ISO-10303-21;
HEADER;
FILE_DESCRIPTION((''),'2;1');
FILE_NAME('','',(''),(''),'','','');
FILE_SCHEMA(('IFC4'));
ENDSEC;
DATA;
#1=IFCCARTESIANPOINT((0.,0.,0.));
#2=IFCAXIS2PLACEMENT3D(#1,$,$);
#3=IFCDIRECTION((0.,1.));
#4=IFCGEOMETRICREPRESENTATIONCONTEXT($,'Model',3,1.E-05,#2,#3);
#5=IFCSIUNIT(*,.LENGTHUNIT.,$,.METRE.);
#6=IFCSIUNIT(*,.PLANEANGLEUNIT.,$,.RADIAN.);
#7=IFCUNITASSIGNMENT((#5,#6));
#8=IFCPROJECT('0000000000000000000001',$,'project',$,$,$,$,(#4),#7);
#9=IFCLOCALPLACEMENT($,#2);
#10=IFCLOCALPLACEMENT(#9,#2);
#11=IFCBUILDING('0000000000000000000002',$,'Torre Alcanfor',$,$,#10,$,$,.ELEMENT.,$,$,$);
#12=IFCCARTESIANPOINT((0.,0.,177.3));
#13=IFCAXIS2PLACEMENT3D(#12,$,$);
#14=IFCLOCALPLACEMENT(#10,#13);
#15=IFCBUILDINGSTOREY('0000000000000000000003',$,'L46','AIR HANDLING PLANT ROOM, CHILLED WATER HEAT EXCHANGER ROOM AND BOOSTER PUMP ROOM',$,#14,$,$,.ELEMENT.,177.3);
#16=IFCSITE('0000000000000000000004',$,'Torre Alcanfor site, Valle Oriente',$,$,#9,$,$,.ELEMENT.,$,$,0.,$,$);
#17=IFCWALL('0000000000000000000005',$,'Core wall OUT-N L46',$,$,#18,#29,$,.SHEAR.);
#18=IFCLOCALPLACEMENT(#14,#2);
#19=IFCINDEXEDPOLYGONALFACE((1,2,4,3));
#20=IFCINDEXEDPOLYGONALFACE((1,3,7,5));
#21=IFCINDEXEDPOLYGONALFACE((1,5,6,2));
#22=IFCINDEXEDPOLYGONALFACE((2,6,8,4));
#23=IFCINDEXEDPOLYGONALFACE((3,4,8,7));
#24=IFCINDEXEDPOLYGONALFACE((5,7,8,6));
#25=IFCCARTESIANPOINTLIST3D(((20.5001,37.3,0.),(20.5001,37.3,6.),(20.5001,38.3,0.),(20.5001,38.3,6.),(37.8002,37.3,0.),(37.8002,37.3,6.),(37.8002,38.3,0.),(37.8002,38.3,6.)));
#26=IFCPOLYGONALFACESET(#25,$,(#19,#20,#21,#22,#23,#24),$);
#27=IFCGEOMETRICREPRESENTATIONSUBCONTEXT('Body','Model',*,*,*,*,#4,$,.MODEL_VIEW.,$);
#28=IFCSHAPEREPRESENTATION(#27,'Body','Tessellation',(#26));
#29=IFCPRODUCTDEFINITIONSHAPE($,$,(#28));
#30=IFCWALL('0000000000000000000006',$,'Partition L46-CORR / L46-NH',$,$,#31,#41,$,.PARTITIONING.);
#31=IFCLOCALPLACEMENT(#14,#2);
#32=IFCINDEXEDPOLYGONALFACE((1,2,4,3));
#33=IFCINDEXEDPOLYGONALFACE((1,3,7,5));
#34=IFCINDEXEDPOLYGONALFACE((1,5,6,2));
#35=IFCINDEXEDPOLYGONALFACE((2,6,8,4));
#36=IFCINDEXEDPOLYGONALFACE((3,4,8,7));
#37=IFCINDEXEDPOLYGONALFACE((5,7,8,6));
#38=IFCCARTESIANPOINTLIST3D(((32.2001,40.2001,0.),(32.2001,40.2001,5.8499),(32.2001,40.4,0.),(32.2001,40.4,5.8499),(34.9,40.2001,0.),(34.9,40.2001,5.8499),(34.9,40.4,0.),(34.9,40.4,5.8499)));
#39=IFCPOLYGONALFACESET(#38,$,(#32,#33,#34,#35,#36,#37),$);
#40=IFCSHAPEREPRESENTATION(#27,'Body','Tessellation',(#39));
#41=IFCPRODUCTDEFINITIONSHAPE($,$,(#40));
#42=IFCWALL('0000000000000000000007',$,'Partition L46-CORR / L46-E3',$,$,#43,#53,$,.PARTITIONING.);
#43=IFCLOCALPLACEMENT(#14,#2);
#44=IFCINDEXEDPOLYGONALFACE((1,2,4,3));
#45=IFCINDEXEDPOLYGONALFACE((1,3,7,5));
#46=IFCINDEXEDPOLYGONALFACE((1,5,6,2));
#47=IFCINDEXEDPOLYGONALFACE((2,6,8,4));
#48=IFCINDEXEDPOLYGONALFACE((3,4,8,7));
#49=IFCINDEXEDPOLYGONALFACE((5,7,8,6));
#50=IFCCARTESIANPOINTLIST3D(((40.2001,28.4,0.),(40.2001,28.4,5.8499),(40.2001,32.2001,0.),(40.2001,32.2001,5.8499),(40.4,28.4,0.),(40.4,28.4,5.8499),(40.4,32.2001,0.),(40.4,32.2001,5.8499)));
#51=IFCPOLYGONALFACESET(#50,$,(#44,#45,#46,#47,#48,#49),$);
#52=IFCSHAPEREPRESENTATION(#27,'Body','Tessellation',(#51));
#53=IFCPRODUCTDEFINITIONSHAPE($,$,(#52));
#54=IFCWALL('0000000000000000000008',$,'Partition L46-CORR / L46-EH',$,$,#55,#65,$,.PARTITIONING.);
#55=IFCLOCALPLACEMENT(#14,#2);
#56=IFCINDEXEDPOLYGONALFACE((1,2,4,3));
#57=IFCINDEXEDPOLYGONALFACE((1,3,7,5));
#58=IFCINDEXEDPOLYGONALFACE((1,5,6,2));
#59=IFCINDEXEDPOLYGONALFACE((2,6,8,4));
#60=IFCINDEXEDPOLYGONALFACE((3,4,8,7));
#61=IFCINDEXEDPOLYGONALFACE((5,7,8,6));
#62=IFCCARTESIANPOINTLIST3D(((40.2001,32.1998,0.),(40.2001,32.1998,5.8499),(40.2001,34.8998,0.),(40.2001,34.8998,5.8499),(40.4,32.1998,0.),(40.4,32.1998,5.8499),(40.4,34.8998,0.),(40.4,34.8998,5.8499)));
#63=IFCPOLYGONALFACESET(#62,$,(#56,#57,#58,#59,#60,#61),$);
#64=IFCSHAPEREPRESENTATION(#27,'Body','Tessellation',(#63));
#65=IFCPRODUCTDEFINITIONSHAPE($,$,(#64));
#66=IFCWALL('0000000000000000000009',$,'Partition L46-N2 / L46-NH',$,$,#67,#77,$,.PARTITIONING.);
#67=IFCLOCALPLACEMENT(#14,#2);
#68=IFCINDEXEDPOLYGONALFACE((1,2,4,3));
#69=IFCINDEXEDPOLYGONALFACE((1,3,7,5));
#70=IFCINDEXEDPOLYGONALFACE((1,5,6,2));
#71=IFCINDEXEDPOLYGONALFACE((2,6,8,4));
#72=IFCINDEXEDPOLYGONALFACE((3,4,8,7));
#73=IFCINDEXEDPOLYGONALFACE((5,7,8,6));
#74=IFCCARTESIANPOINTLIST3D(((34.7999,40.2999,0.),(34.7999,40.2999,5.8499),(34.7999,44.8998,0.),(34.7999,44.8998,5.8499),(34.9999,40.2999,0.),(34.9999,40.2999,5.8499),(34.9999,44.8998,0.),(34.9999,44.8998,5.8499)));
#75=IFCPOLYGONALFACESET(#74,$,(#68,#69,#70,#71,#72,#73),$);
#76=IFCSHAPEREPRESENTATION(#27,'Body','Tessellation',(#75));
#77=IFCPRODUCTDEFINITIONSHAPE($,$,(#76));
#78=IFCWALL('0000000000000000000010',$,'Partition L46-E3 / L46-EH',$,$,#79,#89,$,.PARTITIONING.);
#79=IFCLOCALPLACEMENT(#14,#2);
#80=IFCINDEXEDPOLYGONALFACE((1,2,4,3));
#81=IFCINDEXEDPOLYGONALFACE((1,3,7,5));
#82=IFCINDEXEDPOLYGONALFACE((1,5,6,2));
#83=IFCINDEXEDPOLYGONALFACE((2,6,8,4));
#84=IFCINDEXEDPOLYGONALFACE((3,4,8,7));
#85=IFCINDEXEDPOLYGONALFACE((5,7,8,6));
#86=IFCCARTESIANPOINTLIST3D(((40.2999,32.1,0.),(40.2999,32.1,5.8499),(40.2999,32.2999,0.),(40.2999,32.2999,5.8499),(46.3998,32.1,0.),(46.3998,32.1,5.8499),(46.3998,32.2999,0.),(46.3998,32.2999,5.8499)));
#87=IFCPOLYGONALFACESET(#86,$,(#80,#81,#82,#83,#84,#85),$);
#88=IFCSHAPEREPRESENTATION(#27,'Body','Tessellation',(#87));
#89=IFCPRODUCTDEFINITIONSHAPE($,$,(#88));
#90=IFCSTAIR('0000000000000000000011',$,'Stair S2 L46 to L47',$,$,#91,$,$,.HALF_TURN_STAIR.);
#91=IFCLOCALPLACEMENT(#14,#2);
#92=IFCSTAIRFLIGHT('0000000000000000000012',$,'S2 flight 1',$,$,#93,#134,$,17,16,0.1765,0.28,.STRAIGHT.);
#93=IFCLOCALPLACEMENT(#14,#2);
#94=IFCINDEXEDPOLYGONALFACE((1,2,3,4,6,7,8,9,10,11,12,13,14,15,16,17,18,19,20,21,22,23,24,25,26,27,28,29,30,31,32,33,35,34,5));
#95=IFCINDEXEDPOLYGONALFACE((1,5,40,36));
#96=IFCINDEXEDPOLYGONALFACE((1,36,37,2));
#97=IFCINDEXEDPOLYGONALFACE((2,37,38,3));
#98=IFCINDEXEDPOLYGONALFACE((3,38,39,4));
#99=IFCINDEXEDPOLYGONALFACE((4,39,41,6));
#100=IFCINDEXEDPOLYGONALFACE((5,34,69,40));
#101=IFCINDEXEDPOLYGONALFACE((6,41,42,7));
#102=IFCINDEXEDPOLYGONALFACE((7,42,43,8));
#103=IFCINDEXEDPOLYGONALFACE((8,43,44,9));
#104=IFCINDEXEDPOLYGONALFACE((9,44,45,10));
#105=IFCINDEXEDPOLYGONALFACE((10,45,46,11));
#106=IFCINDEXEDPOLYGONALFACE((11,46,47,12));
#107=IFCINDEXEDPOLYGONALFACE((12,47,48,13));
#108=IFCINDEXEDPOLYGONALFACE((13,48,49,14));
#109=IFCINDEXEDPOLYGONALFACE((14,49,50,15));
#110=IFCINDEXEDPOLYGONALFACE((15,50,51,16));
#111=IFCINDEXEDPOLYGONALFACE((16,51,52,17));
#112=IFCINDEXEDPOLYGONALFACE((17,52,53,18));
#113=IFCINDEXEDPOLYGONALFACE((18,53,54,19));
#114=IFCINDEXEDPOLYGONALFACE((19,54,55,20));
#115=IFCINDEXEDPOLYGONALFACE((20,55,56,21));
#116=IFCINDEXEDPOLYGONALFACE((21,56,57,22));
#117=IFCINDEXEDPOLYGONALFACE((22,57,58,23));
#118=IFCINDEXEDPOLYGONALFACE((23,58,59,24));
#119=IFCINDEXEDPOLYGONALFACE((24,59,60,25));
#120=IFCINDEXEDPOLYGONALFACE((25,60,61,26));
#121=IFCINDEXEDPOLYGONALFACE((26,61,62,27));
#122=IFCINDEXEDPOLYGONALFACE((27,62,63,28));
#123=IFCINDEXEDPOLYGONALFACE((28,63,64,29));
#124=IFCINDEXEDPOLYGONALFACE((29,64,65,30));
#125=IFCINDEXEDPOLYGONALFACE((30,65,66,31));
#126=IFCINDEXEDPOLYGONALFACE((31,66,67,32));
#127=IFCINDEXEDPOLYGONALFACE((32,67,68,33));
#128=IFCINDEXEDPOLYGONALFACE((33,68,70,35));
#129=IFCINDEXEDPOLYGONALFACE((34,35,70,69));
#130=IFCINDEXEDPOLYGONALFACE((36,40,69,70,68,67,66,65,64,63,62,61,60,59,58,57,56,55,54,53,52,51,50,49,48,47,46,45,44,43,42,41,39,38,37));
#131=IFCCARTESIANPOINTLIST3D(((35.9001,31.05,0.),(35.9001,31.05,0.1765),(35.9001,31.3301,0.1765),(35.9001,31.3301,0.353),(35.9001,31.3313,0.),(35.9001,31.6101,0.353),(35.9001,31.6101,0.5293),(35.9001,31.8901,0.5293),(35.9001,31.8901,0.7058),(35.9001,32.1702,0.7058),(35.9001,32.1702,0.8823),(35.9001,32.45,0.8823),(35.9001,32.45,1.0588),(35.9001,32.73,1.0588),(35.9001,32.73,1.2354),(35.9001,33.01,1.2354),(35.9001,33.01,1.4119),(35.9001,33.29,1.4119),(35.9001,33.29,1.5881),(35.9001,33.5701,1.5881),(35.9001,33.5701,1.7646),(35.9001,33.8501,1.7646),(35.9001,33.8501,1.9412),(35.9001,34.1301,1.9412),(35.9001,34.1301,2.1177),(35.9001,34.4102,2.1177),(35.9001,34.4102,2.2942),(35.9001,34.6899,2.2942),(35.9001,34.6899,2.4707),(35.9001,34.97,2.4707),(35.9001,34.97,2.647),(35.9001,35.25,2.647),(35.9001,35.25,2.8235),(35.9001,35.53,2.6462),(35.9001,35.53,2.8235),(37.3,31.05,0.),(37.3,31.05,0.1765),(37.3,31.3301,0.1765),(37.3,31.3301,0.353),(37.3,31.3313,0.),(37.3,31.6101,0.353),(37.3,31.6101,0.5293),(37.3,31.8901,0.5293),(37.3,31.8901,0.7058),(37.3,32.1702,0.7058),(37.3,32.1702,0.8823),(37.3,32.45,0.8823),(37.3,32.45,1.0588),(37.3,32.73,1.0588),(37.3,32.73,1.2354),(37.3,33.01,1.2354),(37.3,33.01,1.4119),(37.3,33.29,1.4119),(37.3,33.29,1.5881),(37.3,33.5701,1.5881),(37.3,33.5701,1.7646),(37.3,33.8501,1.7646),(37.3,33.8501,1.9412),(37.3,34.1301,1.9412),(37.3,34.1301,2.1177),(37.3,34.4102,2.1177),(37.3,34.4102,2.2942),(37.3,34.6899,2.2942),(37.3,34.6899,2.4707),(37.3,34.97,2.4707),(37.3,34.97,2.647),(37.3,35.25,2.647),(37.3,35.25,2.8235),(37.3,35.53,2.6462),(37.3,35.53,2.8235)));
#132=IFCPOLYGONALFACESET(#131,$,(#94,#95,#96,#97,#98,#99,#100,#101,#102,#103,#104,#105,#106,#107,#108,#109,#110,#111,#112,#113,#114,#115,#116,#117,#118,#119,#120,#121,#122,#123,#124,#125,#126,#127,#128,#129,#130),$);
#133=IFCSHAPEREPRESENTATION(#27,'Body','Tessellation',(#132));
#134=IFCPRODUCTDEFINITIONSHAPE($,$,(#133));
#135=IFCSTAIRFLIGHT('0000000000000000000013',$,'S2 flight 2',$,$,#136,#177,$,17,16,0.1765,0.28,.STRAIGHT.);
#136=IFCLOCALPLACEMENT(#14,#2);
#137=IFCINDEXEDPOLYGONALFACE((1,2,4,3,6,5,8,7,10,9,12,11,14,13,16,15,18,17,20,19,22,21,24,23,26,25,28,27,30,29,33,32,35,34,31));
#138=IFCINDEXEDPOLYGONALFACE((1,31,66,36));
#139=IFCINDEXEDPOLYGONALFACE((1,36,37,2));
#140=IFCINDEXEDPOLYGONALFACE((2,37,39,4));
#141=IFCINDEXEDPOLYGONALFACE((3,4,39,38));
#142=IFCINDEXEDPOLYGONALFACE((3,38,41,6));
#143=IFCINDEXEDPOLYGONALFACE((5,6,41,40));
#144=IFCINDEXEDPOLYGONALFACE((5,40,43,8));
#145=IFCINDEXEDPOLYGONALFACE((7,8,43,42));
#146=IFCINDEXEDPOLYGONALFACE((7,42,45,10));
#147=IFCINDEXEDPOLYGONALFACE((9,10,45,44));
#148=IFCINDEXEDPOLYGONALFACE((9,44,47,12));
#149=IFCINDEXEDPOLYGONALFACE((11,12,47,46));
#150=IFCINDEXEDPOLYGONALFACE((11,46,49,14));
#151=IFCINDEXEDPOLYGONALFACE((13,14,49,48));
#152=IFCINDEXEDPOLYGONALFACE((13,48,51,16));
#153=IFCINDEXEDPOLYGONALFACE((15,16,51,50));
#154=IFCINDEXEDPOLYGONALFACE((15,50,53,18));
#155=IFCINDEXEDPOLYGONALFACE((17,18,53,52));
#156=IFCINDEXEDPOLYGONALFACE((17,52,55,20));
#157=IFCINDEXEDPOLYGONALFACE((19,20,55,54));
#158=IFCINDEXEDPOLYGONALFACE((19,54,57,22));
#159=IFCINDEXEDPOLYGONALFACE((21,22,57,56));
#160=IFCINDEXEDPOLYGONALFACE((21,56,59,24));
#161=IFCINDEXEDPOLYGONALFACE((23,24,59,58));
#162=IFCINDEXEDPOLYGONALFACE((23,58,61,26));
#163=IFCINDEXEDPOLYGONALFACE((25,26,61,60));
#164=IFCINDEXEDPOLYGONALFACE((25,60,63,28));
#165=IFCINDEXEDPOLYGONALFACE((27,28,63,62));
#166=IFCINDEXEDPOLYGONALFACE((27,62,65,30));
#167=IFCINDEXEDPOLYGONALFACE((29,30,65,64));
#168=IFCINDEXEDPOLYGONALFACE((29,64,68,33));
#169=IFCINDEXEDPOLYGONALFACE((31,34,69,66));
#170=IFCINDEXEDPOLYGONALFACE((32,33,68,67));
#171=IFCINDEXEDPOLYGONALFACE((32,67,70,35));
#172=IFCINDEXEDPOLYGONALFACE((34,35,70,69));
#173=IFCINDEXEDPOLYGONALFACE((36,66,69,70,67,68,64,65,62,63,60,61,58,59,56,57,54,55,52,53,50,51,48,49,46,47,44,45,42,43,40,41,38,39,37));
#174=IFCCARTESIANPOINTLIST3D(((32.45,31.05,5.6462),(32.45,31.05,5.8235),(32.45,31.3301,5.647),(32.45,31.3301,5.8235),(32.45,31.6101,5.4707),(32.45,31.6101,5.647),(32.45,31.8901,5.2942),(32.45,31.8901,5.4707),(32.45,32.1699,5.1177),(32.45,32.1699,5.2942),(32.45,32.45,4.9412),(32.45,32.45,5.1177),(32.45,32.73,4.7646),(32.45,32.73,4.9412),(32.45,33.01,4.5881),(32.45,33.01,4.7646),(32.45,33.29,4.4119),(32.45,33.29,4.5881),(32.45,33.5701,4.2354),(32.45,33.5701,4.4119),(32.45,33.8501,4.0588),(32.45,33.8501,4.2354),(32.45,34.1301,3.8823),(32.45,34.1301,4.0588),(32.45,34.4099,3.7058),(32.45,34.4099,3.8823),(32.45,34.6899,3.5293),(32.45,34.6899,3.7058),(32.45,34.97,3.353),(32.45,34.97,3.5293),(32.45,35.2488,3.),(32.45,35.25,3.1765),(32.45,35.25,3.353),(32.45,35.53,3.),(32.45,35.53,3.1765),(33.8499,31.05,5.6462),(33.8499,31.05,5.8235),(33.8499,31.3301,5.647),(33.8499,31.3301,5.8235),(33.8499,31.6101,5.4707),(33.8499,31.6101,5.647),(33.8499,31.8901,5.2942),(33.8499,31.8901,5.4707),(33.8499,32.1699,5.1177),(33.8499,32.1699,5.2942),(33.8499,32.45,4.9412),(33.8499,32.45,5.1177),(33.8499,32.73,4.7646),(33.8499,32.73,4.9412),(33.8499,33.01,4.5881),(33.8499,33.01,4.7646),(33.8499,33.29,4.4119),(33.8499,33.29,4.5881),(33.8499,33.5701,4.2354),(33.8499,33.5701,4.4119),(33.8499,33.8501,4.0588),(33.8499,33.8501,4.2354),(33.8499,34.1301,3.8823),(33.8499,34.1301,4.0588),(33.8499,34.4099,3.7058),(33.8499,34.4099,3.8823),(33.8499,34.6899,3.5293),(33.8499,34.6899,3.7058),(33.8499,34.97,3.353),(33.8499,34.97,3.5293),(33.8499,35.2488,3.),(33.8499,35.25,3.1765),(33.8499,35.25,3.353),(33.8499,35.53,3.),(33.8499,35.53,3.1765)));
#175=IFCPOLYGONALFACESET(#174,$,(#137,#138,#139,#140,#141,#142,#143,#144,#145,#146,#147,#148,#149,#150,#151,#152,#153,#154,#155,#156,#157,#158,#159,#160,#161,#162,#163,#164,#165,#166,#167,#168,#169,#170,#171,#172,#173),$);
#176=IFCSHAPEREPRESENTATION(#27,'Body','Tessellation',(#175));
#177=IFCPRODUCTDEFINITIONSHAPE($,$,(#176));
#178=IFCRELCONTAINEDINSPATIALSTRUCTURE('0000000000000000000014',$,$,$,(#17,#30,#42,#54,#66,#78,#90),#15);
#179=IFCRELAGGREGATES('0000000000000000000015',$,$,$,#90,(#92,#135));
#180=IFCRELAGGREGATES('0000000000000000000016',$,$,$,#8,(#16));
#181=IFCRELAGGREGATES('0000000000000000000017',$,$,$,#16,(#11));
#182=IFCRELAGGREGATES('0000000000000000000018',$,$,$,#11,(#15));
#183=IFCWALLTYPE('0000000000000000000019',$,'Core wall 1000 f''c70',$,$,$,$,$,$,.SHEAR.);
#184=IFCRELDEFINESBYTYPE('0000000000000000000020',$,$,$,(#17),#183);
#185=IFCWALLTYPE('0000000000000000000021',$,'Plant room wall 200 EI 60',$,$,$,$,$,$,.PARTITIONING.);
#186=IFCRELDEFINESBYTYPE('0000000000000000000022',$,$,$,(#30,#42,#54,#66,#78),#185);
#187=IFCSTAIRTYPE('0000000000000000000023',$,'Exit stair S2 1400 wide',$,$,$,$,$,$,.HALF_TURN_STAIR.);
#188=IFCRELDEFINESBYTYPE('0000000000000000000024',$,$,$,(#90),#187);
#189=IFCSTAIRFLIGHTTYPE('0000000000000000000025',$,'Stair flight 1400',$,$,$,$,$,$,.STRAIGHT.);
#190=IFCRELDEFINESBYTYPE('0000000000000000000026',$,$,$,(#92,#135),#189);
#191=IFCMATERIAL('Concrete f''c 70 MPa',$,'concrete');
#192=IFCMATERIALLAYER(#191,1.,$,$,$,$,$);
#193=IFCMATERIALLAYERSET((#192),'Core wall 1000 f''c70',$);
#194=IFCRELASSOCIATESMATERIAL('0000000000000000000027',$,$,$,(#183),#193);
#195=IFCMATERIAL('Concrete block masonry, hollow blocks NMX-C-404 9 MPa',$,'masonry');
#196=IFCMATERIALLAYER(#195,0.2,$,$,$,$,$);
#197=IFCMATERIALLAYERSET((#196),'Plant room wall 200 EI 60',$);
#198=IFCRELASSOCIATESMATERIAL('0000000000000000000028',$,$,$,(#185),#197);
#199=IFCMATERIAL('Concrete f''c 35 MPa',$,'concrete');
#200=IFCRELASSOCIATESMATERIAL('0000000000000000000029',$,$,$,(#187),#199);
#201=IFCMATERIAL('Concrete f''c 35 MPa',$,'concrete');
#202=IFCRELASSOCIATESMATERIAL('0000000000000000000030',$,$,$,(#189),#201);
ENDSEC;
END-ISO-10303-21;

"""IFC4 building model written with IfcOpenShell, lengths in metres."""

from ifc_helpers import new_model, si_unit, direction, frame, frame_2d, origin, place, context, subcontext, project, spatial, polyline, rectangle, outline, extrude, material, layer, layer_set, type_object, element, aggregate, save


model = new_model("IFC4")

# Units and contexts
model_context = context("Model", 3, precision=1e-05, world=origin(), true_north=direction((0.0, 1.0)))
body_context = subcontext(model_context, "Body", "Model", "MODEL_VIEW")
ifc_project = project(units=[si_unit("LENGTHUNIT", "METRE"), si_unit("PLANEANGLEUNIT", "RADIAN")], contexts=[model_context])

# Site, building, storey
site_placement = place(None, origin())
site = spatial("IfcSite", under=ifc_project, at=site_placement, Name="Torre Alcanfor site, Valle Oriente", CompositionType="ELEMENT", RefElevation=0.0)
building_placement = place(site_placement, origin())
building = spatial("IfcBuilding", under=site, at=building_placement, Name="Torre Alcanfor", CompositionType="ELEMENT")
storey_placement = place(building_placement, frame((0.0, 0.0, 177.3)))
storey = spatial("IfcBuildingStorey", under=building, at=storey_placement, Name="L46", Description="AIR HANDLING PLANT ROOM, CHILLED WATER HEAT EXCHANGER ROOM AND BOOSTER PUMP ROOM", CompositionType="ELEMENT", Elevation=177.3)

# Wall
ifc_material_1 = material(Name="Concrete f'c 70 MPa", Category="concrete")
ifc_layer_1 = layer(ifc_material_1, 1.0)
ifc_layer_set_1 = layer_set([ifc_layer_1], Name="Core wall 1000 f'c70")
wall_type_1 = type_object("IfcWallType", Name="Core wall 1000 f'c70", PredefinedType="SHEAR", material=ifc_layer_set_1)
wall_1_placement = place(storey_placement, frame((37.8, 37.8, 0.0), z_axis=(0.0, 0.0, 1.0), x_axis=(-1.0, 0.0, 0.0)))
element("IfcWall", 1, at=wall_1_placement, inside=storey, type_object=wall_type_1, Name="Core wall OUT-N L46", PredefinedType="SHEAR", context=body_context, shape_type="SweptSolid", body=[
    extrude(rectangle(XDim=17.3, YDim=1.0, at=frame_2d((8.6499, 0.0))), origin(), (0.0, 0.0, 1.0), 6.0),
])

# Shared definitions
ifc_material_2 = material(Name="Concrete block masonry, hollow blocks NMX-C-404 9 MPa", Category="masonry")
ifc_layer_2 = layer(ifc_material_2, 0.2)
ifc_layer_set_2 = layer_set([ifc_layer_2], Name="Plant room wall 200 EI 60")
wall_type_2 = type_object("IfcWallType", Name="Plant room wall 200 EI 60", PredefinedType="PARTITIONING", material=ifc_layer_set_2)

# Wall
wall_2_placement = place(storey_placement, frame((32.2, 40.3, 0.0), z_axis=(0.0, 0.0, 1.0), x_axis=(1.0, 0.0, 0.0)))
element("IfcWall", 2, at=wall_2_placement, inside=storey, type_object=wall_type_2, Name="Partition L46-CORR / L46-NH", PredefinedType="PARTITIONING", context=body_context, shape_type="SweptSolid", body=[
    extrude(rectangle(XDim=2.7, YDim=0.2, at=frame_2d((1.3501, 0.0))), origin(), (0.0, 0.0, 1.0), 5.8499),
])

# Walls
wall_3_placement = place(storey_placement, frame((40.3, 32.2, 0.0), z_axis=(0.0, 0.0, 1.0), x_axis=(0.0, -1.0, 0.0)))
element("IfcWall", 3, at=wall_3_placement, inside=storey, type_object=wall_type_2, Name="Partition L46-CORR / L46-E3", PredefinedType="PARTITIONING", context=body_context, shape_type="SweptSolid", body=[
    extrude(rectangle(XDim=3.8, YDim=0.2, at=frame_2d((1.8999, 0.0))), origin(), (0.0, 0.0, 1.0), 5.8499),
])
wall_4_placement = place(storey_placement, frame((40.3, 34.8999, 0.0), z_axis=(0.0, 0.0, 1.0), x_axis=(0.0, -1.0, 0.0)))
element("IfcWall", 4, at=wall_4_placement, inside=storey, type_object=wall_type_2, Name="Partition L46-CORR / L46-EH", PredefinedType="PARTITIONING", context=body_context, shape_type="SweptSolid", body=[
    extrude(rectangle(XDim=2.7, YDim=0.2, at=frame_2d((1.3501, 0.0))), origin(), (0.0, 0.0, 1.0), 5.8499),
])
wall_5_placement = place(storey_placement, frame((34.8999, 40.3, 0.0), z_axis=(0.0, 0.0, 1.0), x_axis=(0.0, 1.0, 0.0)))
element("IfcWall", 5, at=wall_5_placement, inside=storey, type_object=wall_type_2, Name="Partition L46-N2 / L46-NH", PredefinedType="PARTITIONING", context=body_context, shape_type="SweptSolid", body=[
    extrude(rectangle(XDim=4.5999, YDim=0.2, at=frame_2d((2.2998, 0.0))), origin(), (0.0, 0.0, 1.0), 5.8499),
])
wall_6_placement = place(storey_placement, frame((40.3, 32.2, 0.0), z_axis=(0.0, 0.0, 1.0), x_axis=(1.0, 0.0, 0.0)))
element("IfcWall", 6, at=wall_6_placement, inside=storey, type_object=wall_type_2, Name="Partition L46-E3 / L46-EH", PredefinedType="PARTITIONING", context=body_context, shape_type="SweptSolid", body=[
    extrude(rectangle(XDim=6.0999, YDim=0.2, at=frame_2d((3.0498, 0.0))), origin(), (0.0, 0.0, 1.0), 5.8499),
])

# Stair, stair flights
ifc_material_3 = material(Name="Concrete f'c 35 MPa", Category="concrete")
stair_type = type_object("IfcStairType", Name="Exit stair S2 1400 wide", PredefinedType="HALF_TURN_STAIR", material=ifc_material_3)
stair_placement = place(storey_placement, origin())
stair = element("IfcStair", 7, at=stair_placement, inside=storey, type_object=stair_type, Name="Stair S2 L46 to L47", PredefinedType="HALF_TURN_STAIR")
ifc_material_4 = material(Name="Concrete f'c 35 MPa", Category="concrete")
stair_flight_type = type_object("IfcStairFlightType", Name="Stair flight 1400", PredefinedType="STRAIGHT", material=ifc_material_4)
stair_flight_1_placement = place(storey_placement, frame((36.6001, 31.05, 0.0), z_axis=(0.0, 0.0, 1.0), x_axis=(0.0, 1.0, 0.0)))
stair_flight_1 = element("IfcStairFlight", 8, at=stair_flight_1_placement, type_object=stair_flight_type, Name="S2 flight 1", NumberOfRisers=17, NumberOfTreads=16, PredefinedType="STRAIGHT", RiserHeight=0.1765, TreadLength=0.28, context=body_context, shape_type="SweptSolid", body=[
    extrude(outline(polyline([(0.0, 0.0), (0.0, 0.1765), (0.28, 0.1765), (0.28, 0.353), (0.5601, 0.353), (0.5601, 0.5293), (0.8401, 0.5293), (0.8401, 0.7058), (1.1201, 0.7058), (1.1201, 0.8823), (1.3999, 0.8823), (1.3999, 1.0588), (1.6799, 1.0588), (1.6799, 1.2354), (1.96, 1.2354), (1.96, 1.4119), (2.24, 1.4119), (2.24, 1.5881), (2.52, 1.5881), (2.52, 1.7646), (2.8, 1.7646), (2.8, 1.9412), (3.0801, 1.9412), (3.0801, 2.1177), (3.3601, 2.1177), (3.3601, 2.2942), (3.6399, 2.2942), (3.6399, 2.4707), (3.9199, 2.4707), (3.9199, 2.647), (4.2, 2.647), (4.2, 2.8235), (4.48, 2.8235), (4.48, 3.0), (4.48, 2.6462), (0.2812, 0.0), (0.0, 0.0)])), frame((0.0, 0.7, 0.0), z_axis=(0.0, -1.0, 0.0), x_axis=(1.0, 0.0, 0.0)), (0.0, 0.0, 1.0), 1.3999),
])
stair_flight_2_placement = place(storey_placement, frame((33.1499, 35.53, 3.0), z_axis=(0.0, 0.0, 1.0), x_axis=(0.0, -1.0, 0.0)))
stair_flight_2 = element("IfcStairFlight", 9, at=stair_flight_2_placement, type_object=stair_flight_type, Name="S2 flight 2", NumberOfRisers=17, NumberOfTreads=16, PredefinedType="STRAIGHT", RiserHeight=0.1765, TreadLength=0.28, context=body_context, shape_type="SweptSolid", body=[
    extrude(outline(polyline([(0.0, 0.0), (0.0, 0.1765), (0.28, 0.1765), (0.28, 0.353), (0.5601, 0.353), (0.5601, 0.5293), (0.8401, 0.5293), (0.8401, 0.7058), (1.1201, 0.7058), (1.1201, 0.8823), (1.3999, 0.8823), (1.3999, 1.0588), (1.6799, 1.0588), (1.6799, 1.2354), (1.96, 1.2354), (1.96, 1.4119), (2.24, 1.4119), (2.24, 1.5881), (2.52, 1.5881), (2.52, 1.7646), (2.8, 1.7646), (2.8, 1.9412), (3.0801, 1.9412), (3.0801, 2.1177), (3.3601, 2.1177), (3.3601, 2.2942), (3.6399, 2.2942), (3.6399, 2.4707), (3.9199, 2.4707), (3.9199, 2.647), (4.2, 2.647), (4.2, 2.8235), (4.48, 2.8235), (4.48, 3.0), (4.48, 2.6462), (0.2812, 0.0), (0.0, 0.0)])), frame((0.0, 0.7, 0.0), z_axis=(0.0, -1.0, 0.0), x_axis=(1.0, 0.0, 0.0)), (0.0, 0.0, 1.0), 1.3999),
])
aggregate(stair, [stair_flight_1, stair_flight_2])

save(model, "model.ifc")
